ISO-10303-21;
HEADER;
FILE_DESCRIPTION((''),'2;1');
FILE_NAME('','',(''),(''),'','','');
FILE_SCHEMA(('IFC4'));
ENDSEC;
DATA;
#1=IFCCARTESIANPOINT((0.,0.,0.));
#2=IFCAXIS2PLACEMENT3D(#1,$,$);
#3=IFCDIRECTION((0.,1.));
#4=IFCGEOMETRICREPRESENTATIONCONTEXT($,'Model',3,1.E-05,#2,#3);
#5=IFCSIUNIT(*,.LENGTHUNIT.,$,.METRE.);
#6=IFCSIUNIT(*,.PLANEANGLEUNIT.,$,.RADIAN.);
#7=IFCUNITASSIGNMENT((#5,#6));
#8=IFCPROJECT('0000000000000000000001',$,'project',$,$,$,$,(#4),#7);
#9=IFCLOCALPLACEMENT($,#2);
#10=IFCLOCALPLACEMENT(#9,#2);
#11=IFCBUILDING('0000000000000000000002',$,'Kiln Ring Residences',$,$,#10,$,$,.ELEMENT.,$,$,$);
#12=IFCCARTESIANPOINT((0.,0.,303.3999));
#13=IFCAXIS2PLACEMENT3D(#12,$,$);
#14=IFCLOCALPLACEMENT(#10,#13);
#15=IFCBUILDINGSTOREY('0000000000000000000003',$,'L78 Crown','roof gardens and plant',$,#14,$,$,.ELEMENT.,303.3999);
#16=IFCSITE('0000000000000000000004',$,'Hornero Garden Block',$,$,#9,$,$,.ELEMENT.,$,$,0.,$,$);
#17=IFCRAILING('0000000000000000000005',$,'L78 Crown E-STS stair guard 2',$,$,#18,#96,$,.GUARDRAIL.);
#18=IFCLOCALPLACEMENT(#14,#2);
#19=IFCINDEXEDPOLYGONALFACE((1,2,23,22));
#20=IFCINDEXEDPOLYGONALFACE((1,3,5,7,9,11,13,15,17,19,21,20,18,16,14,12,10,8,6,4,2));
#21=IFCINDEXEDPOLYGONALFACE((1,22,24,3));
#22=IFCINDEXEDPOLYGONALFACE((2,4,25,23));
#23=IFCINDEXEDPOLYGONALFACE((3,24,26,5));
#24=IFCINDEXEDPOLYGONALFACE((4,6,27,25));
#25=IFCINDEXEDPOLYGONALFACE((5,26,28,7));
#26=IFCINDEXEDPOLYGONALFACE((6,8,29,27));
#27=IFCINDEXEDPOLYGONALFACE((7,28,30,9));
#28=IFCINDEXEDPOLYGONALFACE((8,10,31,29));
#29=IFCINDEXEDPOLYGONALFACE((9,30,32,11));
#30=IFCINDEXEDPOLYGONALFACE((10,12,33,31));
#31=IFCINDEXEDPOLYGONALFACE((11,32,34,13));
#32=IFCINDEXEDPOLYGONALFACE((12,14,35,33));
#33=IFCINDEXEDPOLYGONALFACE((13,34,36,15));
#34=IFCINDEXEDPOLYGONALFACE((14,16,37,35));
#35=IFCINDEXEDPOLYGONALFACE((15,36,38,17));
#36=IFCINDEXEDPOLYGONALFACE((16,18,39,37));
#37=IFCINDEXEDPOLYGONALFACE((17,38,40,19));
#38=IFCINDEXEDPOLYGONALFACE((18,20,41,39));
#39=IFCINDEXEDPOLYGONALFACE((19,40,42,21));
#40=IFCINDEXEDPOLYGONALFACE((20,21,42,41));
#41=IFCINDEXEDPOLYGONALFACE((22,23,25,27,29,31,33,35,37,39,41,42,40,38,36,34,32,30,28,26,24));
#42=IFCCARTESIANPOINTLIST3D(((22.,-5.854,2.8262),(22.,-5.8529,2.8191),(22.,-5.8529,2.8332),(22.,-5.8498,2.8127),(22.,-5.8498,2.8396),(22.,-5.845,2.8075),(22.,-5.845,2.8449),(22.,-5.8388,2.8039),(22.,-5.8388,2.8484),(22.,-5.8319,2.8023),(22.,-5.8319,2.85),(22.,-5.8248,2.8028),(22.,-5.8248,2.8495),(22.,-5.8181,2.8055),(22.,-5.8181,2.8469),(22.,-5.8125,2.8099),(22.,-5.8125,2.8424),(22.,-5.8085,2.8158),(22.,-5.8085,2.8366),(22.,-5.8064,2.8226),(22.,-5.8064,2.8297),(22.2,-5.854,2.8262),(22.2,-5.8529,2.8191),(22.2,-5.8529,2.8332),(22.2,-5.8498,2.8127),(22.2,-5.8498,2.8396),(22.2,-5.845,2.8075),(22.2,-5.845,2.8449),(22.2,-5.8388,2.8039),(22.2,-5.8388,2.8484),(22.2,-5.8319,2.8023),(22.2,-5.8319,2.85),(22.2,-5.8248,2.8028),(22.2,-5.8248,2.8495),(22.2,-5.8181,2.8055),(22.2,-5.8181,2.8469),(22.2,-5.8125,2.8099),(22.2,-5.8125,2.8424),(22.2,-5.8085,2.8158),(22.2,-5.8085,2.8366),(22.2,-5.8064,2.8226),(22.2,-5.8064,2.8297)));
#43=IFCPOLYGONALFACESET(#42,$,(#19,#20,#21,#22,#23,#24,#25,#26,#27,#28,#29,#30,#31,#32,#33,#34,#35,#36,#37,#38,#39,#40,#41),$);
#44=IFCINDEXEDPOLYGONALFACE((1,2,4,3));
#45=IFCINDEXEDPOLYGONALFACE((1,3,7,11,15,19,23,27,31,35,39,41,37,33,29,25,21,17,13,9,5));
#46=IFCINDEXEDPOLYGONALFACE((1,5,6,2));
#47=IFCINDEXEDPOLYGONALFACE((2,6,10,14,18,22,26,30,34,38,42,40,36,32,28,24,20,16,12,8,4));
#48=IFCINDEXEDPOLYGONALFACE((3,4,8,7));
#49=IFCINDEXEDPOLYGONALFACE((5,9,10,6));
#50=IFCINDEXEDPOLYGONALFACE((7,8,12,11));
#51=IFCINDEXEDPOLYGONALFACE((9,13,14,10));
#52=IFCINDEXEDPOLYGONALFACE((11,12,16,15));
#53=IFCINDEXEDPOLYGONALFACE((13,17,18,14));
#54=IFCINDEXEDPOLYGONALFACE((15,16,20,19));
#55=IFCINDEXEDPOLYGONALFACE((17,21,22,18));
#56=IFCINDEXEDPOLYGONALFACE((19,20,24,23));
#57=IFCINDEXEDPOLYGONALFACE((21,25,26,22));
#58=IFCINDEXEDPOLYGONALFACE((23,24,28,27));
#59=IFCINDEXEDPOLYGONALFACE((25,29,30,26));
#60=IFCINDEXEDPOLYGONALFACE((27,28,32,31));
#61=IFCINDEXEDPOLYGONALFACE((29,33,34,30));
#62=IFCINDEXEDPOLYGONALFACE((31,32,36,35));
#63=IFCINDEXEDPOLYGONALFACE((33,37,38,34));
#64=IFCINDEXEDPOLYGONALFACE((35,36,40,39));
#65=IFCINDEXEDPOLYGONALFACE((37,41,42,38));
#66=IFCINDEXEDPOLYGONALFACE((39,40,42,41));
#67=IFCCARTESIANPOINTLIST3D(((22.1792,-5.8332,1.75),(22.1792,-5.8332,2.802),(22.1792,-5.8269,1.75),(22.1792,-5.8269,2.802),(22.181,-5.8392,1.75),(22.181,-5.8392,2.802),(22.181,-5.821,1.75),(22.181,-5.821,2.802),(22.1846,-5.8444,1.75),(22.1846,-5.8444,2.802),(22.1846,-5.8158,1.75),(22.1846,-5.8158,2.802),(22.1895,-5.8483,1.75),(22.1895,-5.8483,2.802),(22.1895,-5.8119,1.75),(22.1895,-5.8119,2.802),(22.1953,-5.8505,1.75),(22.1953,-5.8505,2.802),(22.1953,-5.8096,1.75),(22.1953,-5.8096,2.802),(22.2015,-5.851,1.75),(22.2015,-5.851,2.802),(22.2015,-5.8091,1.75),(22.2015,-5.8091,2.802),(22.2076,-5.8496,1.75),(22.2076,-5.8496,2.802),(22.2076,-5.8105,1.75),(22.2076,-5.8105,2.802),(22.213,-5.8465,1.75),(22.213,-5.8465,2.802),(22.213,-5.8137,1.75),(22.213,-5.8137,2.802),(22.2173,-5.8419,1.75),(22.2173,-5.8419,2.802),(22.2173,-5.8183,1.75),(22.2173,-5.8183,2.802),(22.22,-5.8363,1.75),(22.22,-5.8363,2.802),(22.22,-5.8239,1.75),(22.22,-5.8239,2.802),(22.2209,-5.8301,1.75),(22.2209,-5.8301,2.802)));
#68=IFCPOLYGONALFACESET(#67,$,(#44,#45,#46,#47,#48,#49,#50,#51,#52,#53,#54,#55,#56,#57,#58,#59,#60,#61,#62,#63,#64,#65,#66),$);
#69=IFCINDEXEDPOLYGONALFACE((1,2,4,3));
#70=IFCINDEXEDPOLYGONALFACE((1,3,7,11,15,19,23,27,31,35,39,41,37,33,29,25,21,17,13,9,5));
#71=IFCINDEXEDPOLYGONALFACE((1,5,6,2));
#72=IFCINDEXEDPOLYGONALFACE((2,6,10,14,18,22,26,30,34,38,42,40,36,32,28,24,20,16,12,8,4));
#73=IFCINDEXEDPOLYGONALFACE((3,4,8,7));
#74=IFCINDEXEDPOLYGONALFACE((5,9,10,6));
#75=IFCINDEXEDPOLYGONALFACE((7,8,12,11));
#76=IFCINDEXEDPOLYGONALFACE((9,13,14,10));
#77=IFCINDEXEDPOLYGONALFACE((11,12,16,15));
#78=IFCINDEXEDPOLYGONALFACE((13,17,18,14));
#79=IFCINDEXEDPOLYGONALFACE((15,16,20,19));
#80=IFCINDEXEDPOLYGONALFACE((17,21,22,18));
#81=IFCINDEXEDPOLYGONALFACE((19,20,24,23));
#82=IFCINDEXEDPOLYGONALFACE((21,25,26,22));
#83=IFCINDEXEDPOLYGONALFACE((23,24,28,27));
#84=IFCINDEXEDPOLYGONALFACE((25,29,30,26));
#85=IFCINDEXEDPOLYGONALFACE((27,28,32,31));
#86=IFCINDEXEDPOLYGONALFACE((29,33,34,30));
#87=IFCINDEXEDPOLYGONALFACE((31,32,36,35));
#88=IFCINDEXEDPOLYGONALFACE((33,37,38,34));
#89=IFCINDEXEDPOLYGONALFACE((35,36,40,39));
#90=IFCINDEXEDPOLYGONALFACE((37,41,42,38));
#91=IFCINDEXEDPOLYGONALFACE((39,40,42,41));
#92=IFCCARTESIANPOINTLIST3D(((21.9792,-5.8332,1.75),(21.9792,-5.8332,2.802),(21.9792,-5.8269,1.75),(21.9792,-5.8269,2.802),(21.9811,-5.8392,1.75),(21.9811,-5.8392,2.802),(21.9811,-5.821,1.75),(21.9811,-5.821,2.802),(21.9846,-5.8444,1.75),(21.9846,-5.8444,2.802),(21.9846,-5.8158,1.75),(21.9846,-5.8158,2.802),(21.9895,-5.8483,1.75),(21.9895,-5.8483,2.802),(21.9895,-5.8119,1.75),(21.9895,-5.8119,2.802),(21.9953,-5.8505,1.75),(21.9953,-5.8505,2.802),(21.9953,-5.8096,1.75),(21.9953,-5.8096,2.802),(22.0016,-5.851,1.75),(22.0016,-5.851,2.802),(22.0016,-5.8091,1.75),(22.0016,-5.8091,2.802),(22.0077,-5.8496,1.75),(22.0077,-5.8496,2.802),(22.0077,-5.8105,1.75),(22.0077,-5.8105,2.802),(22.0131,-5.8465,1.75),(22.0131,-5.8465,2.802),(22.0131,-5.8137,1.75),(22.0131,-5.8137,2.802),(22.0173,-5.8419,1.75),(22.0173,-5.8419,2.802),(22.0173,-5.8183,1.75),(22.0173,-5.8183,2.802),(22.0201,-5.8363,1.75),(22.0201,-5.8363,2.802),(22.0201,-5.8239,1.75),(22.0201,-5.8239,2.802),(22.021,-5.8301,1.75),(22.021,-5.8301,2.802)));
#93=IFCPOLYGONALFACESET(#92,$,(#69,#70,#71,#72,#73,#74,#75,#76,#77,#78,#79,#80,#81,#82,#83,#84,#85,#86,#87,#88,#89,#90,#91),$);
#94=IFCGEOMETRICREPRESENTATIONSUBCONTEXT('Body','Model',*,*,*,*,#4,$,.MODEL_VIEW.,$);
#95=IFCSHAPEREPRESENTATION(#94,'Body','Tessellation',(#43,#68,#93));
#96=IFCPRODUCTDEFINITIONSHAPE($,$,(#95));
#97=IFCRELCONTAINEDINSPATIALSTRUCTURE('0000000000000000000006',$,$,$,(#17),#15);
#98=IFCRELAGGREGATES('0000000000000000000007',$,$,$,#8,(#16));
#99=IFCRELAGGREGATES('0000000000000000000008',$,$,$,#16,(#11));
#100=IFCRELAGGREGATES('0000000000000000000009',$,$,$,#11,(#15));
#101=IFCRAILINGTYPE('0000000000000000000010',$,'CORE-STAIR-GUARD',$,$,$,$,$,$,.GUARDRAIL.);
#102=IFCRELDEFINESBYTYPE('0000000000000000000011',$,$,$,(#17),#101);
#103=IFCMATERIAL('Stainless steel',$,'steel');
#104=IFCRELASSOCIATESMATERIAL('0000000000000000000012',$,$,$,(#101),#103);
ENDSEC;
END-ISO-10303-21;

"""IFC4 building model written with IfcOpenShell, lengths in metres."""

from ifc_helpers import new_model, si_unit, direction, frame, origin, origin_2d, place, context, subcontext, project, spatial, circle, extrude, material, type_object, element, save


model = new_model("IFC4")

# Units and contexts
model_context = context("Model", 3, precision=1e-05, world=origin(), true_north=direction((0.0, 1.0)))
body_context = subcontext(model_context, "Body", "Model", "MODEL_VIEW")
ifc_project = project(units=[si_unit("LENGTHUNIT", "METRE"), si_unit("PLANEANGLEUNIT", "RADIAN")], contexts=[model_context])

# Site, building, storey
site_placement = place(None, origin())
site = spatial("IfcSite", under=ifc_project, at=site_placement, Name="Hornero Garden Block", CompositionType="ELEMENT", RefElevation=0.0)
building_placement = place(site_placement, origin())
building = spatial("IfcBuilding", under=site, at=building_placement, Name="Kiln Ring Residences", CompositionType="ELEMENT")
storey_placement = place(building_placement, frame((0.0, 0.0, 303.3999)))
storey = spatial("IfcBuildingStorey", under=building, at=storey_placement, Name="L78 Crown", Description="roof gardens and plant", CompositionType="ELEMENT", Elevation=303.3999)

# Railing
ifc_material_1 = material(Name="Stainless steel", Category="steel")
railing_type_1 = type_object("IfcRailingType", Name="CORE-STAIR-GUARD", PredefinedType="GUARDRAIL", material=ifc_material_1)
railing_1_placement = place(storey_placement, frame((22.2, -5.8301, 1.75)))
element("IfcRailing", 1, at=railing_1_placement, inside=storey, type_object=railing_type_1, Name="L78 Crown E-STS stair guard 2", PredefinedType="GUARDRAIL", context=body_context, shape_type="SweptSolid", body=[
    extrude(circle(Radius=0.0239, at=origin_2d()), frame((0.0, 0.0, 1.0762), z_axis=(-1.0, 0.0, 0.0), x_axis=(0.0, -1.0, 0.0)), (0.0, 0.0, 1.0), 0.2),
    extrude(circle(Radius=0.021, at=origin_2d()), origin(), (0.0, 0.0, 1.0), 1.052),
    extrude(circle(Radius=0.021, at=origin_2d()), frame((-0.2, 0.0, 0.0)), (0.0, 0.0, 1.0), 1.052),
])

save(model, "model.ifc")
